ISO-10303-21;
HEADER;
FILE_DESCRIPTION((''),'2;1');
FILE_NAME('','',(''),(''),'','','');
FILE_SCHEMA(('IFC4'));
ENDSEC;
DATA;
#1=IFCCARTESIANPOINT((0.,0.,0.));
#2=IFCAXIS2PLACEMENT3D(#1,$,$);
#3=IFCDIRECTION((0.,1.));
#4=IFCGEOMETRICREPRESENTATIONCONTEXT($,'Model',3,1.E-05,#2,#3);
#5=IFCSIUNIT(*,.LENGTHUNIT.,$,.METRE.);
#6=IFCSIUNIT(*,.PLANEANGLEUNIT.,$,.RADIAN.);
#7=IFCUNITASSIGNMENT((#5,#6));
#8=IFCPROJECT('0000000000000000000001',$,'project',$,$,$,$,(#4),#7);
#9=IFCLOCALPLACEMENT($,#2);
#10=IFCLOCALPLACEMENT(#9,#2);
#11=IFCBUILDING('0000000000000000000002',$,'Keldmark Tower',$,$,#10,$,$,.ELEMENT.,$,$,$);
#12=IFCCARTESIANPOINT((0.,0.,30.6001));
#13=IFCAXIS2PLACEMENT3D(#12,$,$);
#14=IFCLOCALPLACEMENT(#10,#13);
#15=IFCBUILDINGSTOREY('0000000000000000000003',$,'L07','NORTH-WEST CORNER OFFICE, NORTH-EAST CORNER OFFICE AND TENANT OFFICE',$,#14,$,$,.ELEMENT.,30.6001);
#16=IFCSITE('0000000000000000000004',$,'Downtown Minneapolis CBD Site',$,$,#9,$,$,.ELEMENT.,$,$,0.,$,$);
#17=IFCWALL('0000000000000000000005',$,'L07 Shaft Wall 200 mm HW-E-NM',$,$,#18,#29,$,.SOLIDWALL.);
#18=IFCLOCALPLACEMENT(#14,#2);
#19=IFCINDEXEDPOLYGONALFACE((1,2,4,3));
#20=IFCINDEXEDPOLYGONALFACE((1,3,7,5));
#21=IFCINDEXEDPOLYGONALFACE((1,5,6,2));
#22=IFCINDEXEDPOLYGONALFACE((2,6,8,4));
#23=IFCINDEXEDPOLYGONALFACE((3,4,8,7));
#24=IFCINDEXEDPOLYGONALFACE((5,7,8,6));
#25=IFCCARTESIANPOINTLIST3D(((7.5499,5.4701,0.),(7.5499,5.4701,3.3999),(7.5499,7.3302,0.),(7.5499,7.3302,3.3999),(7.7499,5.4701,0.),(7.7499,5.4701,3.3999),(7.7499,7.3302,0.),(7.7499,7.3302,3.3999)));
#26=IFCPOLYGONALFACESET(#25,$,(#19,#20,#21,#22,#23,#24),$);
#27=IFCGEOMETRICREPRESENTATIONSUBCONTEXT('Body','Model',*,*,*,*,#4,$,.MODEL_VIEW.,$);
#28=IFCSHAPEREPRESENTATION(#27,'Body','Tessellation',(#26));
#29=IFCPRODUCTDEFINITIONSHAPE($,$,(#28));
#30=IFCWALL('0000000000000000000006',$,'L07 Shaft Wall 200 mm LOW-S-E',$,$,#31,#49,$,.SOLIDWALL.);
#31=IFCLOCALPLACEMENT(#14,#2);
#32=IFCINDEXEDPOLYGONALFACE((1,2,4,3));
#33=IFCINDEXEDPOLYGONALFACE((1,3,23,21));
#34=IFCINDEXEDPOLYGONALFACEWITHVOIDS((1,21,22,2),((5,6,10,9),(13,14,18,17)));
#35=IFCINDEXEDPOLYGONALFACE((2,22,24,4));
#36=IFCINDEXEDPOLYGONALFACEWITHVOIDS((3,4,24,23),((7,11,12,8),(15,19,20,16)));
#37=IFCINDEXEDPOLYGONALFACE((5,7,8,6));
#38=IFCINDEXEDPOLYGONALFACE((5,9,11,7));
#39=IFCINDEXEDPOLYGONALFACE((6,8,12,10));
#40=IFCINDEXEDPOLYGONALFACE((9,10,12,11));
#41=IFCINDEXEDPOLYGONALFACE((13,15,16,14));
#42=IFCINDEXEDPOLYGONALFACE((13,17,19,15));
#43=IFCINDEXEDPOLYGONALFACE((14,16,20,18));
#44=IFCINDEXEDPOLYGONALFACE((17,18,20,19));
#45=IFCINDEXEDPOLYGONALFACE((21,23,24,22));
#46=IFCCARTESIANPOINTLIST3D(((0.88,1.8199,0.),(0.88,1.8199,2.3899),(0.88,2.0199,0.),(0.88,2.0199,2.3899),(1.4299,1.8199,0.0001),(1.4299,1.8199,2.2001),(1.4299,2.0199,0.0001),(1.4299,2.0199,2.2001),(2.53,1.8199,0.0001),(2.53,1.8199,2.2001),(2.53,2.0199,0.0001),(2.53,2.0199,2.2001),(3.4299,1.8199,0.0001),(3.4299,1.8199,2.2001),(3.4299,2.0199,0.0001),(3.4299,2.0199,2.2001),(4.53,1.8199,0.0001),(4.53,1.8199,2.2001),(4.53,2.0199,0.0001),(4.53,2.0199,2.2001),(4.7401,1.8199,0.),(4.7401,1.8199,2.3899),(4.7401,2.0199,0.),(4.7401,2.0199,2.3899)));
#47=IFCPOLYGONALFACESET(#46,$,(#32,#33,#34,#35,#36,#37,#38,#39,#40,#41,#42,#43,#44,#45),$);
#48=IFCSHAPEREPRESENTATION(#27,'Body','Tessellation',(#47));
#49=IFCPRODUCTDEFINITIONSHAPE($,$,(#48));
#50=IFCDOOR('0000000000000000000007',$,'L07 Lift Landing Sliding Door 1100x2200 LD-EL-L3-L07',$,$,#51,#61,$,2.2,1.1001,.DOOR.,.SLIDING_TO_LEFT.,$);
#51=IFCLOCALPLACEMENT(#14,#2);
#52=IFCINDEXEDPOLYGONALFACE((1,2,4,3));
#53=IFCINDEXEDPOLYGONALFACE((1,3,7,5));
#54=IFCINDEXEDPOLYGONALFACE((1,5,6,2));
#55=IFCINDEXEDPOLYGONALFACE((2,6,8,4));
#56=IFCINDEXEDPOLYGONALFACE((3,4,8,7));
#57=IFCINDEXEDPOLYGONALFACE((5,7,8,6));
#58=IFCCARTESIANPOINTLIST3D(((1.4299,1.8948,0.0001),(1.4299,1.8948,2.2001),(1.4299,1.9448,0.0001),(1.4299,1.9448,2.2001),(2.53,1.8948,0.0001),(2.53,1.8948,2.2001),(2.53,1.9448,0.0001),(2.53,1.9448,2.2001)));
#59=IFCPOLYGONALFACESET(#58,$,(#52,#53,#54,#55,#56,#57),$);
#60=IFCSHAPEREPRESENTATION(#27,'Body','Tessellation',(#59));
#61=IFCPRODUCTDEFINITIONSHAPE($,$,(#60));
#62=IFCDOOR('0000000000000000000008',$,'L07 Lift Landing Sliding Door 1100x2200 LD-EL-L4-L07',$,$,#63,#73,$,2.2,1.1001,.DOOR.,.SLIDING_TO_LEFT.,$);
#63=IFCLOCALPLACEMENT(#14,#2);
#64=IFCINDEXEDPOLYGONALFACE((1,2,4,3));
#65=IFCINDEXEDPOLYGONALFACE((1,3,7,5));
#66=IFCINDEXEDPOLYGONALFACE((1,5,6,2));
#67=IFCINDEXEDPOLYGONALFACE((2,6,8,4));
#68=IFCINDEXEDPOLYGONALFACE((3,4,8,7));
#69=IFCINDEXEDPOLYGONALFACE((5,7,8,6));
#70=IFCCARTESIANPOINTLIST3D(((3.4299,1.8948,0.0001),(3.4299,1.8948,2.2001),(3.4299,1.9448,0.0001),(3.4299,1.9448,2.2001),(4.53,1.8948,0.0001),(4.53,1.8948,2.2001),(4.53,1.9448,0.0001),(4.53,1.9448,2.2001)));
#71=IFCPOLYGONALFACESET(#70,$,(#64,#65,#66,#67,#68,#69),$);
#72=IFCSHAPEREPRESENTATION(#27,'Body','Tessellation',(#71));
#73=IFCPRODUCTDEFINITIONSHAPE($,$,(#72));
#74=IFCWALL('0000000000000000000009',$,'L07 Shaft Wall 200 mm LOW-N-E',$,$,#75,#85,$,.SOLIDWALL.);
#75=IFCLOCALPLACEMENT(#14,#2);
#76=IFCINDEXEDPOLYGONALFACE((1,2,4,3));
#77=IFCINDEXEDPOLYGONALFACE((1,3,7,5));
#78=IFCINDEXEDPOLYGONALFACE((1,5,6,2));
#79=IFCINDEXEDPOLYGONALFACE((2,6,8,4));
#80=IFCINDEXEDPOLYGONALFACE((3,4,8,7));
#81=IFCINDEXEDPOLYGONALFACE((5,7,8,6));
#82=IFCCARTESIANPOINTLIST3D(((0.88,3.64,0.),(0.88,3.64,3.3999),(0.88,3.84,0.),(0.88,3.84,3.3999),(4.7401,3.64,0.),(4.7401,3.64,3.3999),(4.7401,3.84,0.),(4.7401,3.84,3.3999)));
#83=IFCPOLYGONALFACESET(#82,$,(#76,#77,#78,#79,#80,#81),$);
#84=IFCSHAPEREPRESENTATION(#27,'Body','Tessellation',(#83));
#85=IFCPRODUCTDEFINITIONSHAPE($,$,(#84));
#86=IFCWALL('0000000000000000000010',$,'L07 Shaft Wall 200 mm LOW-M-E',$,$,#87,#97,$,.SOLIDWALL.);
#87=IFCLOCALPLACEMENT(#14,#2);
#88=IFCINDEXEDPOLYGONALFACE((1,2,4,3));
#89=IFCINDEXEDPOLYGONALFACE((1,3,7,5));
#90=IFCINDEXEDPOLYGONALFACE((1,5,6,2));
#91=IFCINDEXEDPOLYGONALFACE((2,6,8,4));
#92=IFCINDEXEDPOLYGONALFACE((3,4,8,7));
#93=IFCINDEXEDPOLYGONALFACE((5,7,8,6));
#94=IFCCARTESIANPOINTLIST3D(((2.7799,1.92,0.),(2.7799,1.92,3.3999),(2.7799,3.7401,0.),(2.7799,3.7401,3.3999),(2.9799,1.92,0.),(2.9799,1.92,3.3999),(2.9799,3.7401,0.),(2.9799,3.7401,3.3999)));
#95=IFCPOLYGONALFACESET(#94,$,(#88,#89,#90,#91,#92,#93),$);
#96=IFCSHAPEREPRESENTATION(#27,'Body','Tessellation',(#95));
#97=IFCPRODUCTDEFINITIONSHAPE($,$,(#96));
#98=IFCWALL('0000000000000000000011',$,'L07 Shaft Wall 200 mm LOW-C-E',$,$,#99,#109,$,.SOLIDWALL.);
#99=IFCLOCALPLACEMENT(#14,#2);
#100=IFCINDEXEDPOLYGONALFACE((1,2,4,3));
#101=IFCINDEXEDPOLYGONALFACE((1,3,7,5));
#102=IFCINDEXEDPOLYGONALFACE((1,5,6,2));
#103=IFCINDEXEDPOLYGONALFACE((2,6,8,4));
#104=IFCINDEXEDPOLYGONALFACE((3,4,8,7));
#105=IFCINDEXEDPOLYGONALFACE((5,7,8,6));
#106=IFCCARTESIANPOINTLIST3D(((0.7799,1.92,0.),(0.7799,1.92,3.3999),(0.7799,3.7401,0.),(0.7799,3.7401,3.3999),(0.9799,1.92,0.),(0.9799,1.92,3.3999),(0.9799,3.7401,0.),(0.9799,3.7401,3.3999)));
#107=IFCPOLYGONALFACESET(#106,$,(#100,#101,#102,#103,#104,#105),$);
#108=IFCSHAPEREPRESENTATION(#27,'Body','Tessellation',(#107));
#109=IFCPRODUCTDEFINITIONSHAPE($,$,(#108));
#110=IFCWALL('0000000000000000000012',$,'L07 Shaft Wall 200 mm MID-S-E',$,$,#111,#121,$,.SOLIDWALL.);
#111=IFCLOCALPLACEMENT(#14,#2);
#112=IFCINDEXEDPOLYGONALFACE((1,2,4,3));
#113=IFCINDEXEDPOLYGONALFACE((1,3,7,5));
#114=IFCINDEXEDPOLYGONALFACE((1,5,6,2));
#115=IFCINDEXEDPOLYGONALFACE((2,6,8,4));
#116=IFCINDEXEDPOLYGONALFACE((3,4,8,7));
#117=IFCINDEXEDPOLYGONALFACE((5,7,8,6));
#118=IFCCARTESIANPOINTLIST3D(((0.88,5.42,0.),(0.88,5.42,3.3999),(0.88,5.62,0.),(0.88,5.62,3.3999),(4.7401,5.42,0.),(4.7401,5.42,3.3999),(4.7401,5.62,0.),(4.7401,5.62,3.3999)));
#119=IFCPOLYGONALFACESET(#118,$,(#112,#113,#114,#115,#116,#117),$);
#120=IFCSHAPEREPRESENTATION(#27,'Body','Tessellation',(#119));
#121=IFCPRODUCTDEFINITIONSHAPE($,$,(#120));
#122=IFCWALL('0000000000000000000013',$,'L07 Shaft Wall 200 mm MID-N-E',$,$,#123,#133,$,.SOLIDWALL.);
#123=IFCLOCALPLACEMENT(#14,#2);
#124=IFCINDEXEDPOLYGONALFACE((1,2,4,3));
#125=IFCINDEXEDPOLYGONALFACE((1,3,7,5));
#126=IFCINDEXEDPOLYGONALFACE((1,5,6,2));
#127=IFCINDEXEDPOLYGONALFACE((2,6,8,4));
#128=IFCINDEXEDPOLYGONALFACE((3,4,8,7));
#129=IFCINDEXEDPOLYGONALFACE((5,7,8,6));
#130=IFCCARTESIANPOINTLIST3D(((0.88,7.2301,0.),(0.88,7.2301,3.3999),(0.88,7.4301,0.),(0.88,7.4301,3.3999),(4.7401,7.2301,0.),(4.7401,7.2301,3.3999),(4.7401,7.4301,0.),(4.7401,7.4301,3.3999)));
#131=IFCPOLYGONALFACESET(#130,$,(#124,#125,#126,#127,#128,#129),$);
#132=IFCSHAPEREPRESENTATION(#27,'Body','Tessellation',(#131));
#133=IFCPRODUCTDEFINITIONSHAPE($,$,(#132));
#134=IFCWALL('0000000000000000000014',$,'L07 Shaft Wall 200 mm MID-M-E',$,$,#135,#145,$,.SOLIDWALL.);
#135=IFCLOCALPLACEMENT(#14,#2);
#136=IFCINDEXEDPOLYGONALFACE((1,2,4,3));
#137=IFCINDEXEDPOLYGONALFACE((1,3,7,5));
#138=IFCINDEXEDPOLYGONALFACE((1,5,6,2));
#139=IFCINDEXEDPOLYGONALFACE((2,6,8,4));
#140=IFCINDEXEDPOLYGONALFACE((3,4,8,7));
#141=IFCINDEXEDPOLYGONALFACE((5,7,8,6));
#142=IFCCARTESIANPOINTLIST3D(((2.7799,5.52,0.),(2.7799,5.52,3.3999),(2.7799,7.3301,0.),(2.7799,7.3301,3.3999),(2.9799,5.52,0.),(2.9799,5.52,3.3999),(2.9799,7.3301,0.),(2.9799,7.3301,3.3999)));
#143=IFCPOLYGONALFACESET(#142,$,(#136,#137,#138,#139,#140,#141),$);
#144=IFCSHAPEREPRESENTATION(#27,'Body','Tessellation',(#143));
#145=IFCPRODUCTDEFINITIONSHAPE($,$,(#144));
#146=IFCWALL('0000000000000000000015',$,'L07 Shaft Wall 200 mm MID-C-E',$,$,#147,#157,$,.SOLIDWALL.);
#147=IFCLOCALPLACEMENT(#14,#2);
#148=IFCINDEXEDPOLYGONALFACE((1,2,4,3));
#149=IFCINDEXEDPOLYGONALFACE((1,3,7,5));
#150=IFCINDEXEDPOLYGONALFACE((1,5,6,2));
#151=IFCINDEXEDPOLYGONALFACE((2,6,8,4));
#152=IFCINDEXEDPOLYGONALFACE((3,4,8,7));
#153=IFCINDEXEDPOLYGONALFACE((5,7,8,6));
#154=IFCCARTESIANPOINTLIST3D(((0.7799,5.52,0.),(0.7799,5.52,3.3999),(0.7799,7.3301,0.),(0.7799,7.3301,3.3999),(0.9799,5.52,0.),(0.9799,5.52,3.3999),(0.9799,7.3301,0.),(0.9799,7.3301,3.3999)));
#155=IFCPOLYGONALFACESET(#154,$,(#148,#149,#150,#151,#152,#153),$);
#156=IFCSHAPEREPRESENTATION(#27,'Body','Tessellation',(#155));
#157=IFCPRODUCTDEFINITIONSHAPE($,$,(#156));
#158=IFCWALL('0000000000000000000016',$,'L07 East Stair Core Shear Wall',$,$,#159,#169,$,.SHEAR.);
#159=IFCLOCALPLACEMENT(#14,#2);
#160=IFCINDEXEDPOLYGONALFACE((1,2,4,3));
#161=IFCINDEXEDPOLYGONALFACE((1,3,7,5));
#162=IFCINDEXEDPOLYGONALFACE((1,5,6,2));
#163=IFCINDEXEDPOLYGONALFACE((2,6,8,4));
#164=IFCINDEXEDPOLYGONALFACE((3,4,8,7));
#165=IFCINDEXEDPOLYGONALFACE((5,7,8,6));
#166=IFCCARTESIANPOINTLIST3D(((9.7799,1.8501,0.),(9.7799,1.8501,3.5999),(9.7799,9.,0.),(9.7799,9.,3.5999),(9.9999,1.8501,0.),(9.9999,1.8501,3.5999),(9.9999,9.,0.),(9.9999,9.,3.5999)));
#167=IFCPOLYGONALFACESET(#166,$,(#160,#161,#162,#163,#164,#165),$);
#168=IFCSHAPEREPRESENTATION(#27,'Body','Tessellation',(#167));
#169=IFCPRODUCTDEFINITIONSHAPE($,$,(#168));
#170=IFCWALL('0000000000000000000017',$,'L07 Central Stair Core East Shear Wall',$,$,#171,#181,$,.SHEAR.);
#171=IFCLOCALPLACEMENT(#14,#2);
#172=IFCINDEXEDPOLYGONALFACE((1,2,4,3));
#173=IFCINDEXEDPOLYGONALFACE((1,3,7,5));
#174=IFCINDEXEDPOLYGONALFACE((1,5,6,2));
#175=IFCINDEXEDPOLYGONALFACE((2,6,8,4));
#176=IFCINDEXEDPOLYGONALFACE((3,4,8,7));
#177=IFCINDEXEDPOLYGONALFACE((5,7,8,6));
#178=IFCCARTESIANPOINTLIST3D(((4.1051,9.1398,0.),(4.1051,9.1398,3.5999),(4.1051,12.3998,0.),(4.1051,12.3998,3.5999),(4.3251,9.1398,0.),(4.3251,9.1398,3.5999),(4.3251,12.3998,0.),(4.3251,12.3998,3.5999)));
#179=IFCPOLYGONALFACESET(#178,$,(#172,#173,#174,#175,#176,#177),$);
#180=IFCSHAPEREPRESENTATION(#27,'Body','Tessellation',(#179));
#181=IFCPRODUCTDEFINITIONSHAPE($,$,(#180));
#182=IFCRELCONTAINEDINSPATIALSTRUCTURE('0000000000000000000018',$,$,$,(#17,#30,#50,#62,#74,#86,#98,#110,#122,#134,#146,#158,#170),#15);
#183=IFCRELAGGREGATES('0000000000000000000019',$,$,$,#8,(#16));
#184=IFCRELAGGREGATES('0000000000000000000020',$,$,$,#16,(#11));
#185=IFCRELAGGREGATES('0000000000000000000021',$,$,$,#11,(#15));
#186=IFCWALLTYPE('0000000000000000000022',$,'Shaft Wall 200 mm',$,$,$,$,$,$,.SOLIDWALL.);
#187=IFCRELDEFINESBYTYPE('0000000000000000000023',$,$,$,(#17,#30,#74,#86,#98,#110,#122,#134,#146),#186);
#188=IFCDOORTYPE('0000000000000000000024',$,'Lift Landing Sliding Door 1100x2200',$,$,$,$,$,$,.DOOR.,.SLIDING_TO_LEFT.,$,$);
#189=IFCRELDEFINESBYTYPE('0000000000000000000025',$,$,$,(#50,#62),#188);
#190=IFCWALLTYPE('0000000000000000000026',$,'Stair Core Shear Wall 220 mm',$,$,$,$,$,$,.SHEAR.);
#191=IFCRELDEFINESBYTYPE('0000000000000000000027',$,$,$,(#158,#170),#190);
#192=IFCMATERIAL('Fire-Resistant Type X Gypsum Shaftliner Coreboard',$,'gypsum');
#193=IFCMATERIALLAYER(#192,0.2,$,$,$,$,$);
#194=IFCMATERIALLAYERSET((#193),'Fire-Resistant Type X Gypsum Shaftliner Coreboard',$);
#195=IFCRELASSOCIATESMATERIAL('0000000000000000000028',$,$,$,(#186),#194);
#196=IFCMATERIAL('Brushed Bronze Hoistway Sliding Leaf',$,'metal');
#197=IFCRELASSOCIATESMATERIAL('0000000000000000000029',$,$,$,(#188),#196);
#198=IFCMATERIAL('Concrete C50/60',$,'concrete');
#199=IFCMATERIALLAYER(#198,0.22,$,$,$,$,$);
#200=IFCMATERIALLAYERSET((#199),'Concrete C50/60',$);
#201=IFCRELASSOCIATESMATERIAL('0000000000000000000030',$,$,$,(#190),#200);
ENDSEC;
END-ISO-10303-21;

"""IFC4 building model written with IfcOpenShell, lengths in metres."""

from ifc_helpers import new_model, si_unit, direction, frame, frame_2d, origin, place, context, subcontext, project, spatial, rectangle, extrude, material, layer, layer_set, type_object, element, fill, save


model = new_model("IFC4")

# Units and contexts
model_context = context("Model", 3, precision=1e-05, world=origin(), true_north=direction((0.0, 1.0)))
body_context = subcontext(model_context, "Body", "Model", "MODEL_VIEW")
ifc_project = project(units=[si_unit("LENGTHUNIT", "METRE"), si_unit("PLANEANGLEUNIT", "RADIAN")], contexts=[model_context])

# Site, building, storey
site_placement = place(None, origin())
site = spatial("IfcSite", under=ifc_project, at=site_placement, Name="Downtown Minneapolis CBD Site", CompositionType="ELEMENT", RefElevation=0.0)
building_placement = place(site_placement, origin())
building = spatial("IfcBuilding", under=site, at=building_placement, Name="Keldmark Tower", CompositionType="ELEMENT")
storey_placement = place(building_placement, frame((0.0, 0.0, 30.6001)))
storey = spatial("IfcBuildingStorey", under=building, at=storey_placement, Name="L07", Description="NORTH-WEST CORNER OFFICE, NORTH-EAST CORNER OFFICE AND TENANT OFFICE", CompositionType="ELEMENT", Elevation=30.6001)

# Shared definitions
ifc_material_1 = material(Name="Fire-Resistant Type X Gypsum Shaftliner Coreboard", Category="gypsum")
ifc_layer_1 = layer(ifc_material_1, 0.2)
ifc_layer_set_1 = layer_set([ifc_layer_1], Name="Fire-Resistant Type X Gypsum Shaftliner Coreboard")
wall_type_1 = type_object("IfcWallType", Name="Shaft Wall 200 mm", PredefinedType="SOLIDWALL", material=ifc_layer_set_1)

# Wall
wall_1_placement = place(storey_placement, frame((7.6499, 5.47, 0.0), z_axis=(0.0, 0.0, 1.0), x_axis=(0.0, 1.0, 0.0)))
element("IfcWall", 1, at=wall_1_placement, inside=storey, type_object=wall_type_1, Name="L07 Shaft Wall 200 mm HW-E-NM", PredefinedType="SOLIDWALL", context=body_context, shape_type="SweptSolid", body=[
    extrude(rectangle(XDim=1.8601, YDim=0.2, at=frame_2d((0.9302, 0.0))), origin(), (0.0, 0.0, 1.0), 3.3999),
])

# Wall, openings, doors
wall_2_placement = place(storey_placement, frame((0.8799, 1.9199, 0.0), z_axis=(0.0, 0.0, 1.0), x_axis=(1.0, 0.0, 0.0)))
wall_2 = element("IfcWall", 2, at=wall_2_placement, inside=storey, type_object=wall_type_1, Name="L07 Shaft Wall 200 mm LOW-S-E", PredefinedType="SOLIDWALL", context=body_context, shape_type="SweptSolid", body=[
    extrude(rectangle(XDim=3.8601, YDim=0.2, at=frame_2d((1.9302, 0.0))), origin(), (0.0, 0.0, 1.0), 2.3899),
])
opening_1_placement = place(wall_2_placement, frame((0.55, 0.0, 0.0)))
opening_1 = element("IfcOpeningElement", 3, at=opening_1_placement, cuts=wall_2, PredefinedType="OPENING", context=body_context, shape_type="SweptSolid", body=[
    extrude(rectangle(XDim=1.1001, YDim=2.2, at=frame_2d((0.55, 1.1001))), frame((0.0, 0.1099, 0.0), z_axis=(0.0, -1.0, 0.0), x_axis=(1.0, 0.0, 0.0)), (0.0, 0.0, 1.0), 0.22),
])
opening_2_placement = place(wall_2_placement, frame((2.55, 0.0, 0.0)))
opening_2 = element("IfcOpeningElement", 4, at=opening_2_placement, cuts=wall_2, PredefinedType="OPENING", context=body_context, shape_type="SweptSolid", body=[
    extrude(rectangle(XDim=1.1001, YDim=2.2, at=frame_2d((0.55, 1.1001))), frame((0.0, 0.1099, 0.0), z_axis=(0.0, -1.0, 0.0), x_axis=(1.0, 0.0, 0.0)), (0.0, 0.0, 1.0), 0.22),
])
ifc_material_2 = material(Name="Brushed Bronze Hoistway Sliding Leaf", Category="metal")
door_type_1 = type_object("IfcDoorType", Name="Lift Landing Sliding Door 1100x2200", OperationType="SLIDING_TO_LEFT", PredefinedType="DOOR", material=ifc_material_2)
door_1_placement = place(opening_1_placement, origin())
door_1 = element("IfcDoor", 5, at=door_1_placement, inside=storey, type_object=door_type_1, Name="L07 Lift Landing Sliding Door 1100x2200 LD-EL-L3-L07", OperationType="SLIDING_TO_LEFT", OverallHeight=2.2, OverallWidth=1.1001, PredefinedType="DOOR", context=body_context, shape_type="SweptSolid", body=[
    extrude(rectangle(XDim=1.1001, YDim=2.2, at=frame_2d((0.55, 1.1001))), frame((0.0, 0.0249, 0.0), z_axis=(0.0, -1.0, 0.0), x_axis=(1.0, 0.0, 0.0)), (0.0, 0.0, 1.0), 0.05),
])
fill(opening_1, door_1)
door_2_placement = place(opening_2_placement, origin())
door_2 = element("IfcDoor", 6, at=door_2_placement, inside=storey, type_object=door_type_1, Name="L07 Lift Landing Sliding Door 1100x2200 LD-EL-L4-L07", OperationType="SLIDING_TO_LEFT", OverallHeight=2.2, OverallWidth=1.1001, PredefinedType="DOOR", context=body_context, shape_type="SweptSolid", body=[
    extrude(rectangle(XDim=1.1001, YDim=2.2, at=frame_2d((0.55, 1.1001))), frame((0.0, 0.0249, 0.0), z_axis=(0.0, -1.0, 0.0), x_axis=(1.0, 0.0, 0.0)), (0.0, 0.0, 1.0), 0.05),
])
fill(opening_2, door_2)

# Walls
wall_3_placement = place(storey_placement, frame((0.8799, 3.74, 0.0), z_axis=(0.0, 0.0, 1.0), x_axis=(1.0, 0.0, 0.0)))
element("IfcWall", 7, at=wall_3_placement, inside=storey, type_object=wall_type_1, Name="L07 Shaft Wall 200 mm LOW-N-E", PredefinedType="SOLIDWALL", context=body_context, shape_type="SweptSolid", body=[
    extrude(rectangle(XDim=3.8601, YDim=0.2, at=frame_2d((1.9302, 0.0))), origin(), (0.0, 0.0, 1.0), 3.3999),
])
for number, where, z_axis, x_axis, name in (
    (8, (2.8799, 1.9199, 0.0), (0.0, 0.0, 1.0), (0.0, 1.0, 0.0), "L07 Shaft Wall 200 mm LOW-M-E"),
    (9, (0.8799, 1.9199, 0.0), (0.0, 0.0, 1.0), (0.0, 1.0, 0.0), "L07 Shaft Wall 200 mm LOW-C-E"),
):
    element("IfcWall", number, at=place(storey_placement, frame(where, z_axis=z_axis, x_axis=x_axis)), inside=storey, type_object=wall_type_1, Name=name, PredefinedType="SOLIDWALL", context=body_context, shape_type="SweptSolid", body=[
        extrude(rectangle(XDim=1.8201, YDim=0.2, at=frame_2d((0.9102, 0.0))), origin(), (0.0, 0.0, 1.0), 3.3999),
    ])
for number, where, z_axis, x_axis, name in (
    (10, (0.8799, 5.52, 0.0), (0.0, 0.0, 1.0), (1.0, 0.0, 0.0), "L07 Shaft Wall 200 mm MID-S-E"),
    (11, (0.8799, 7.3301, 0.0), (0.0, 0.0, 1.0), (1.0, 0.0, 0.0), "L07 Shaft Wall 200 mm MID-N-E"),
):
    element("IfcWall", number, at=place(storey_placement, frame(where, z_axis=z_axis, x_axis=x_axis)), inside=storey, type_object=wall_type_1, Name=name, PredefinedType="SOLIDWALL", context=body_context, shape_type="SweptSolid", body=[
        extrude(rectangle(XDim=3.8601, YDim=0.2, at=frame_2d((1.9302, 0.0))), origin(), (0.0, 0.0, 1.0), 3.3999),
    ])
for number, where, z_axis, x_axis, name in (
    (12, (2.8799, 5.52, 0.0), (0.0, 0.0, 1.0), (0.0, 1.0, 0.0), "L07 Shaft Wall 200 mm MID-M-E"),
    (13, (0.8799, 5.52, 0.0), (0.0, 0.0, 1.0), (0.0, 1.0, 0.0), "L07 Shaft Wall 200 mm MID-C-E"),
):
    element("IfcWall", number, at=place(storey_placement, frame(where, z_axis=z_axis, x_axis=x_axis)), inside=storey, type_object=wall_type_1, Name=name, PredefinedType="SOLIDWALL", context=body_context, shape_type="SweptSolid", body=[
        extrude(rectangle(XDim=1.8101, YDim=0.2, at=frame_2d((0.905, 0.0))), origin(), (0.0, 0.0, 1.0), 3.3999),
    ])
ifc_material_3 = material(Name="Concrete C50/60", Category="concrete")
ifc_layer_2 = layer(ifc_material_3, 0.22)
ifc_layer_set_2 = layer_set([ifc_layer_2], Name="Concrete C50/60")
wall_type_2 = type_object("IfcWallType", Name="Stair Core Shear Wall 220 mm", PredefinedType="SHEAR", material=ifc_layer_set_2)
wall_4_placement = place(storey_placement, frame((9.8899, 1.8501, 0.0), z_axis=(0.0, 0.0, 1.0), x_axis=(0.0, 1.0, 0.0)))
element("IfcWall", 14, at=wall_4_placement, inside=storey, type_object=wall_type_2, Name="L07 East Stair Core Shear Wall", PredefinedType="SHEAR", context=body_context, shape_type="SweptSolid", body=[
    extrude(rectangle(XDim=7.1499, YDim=0.22, at=frame_2d((3.575, 0.0))), origin(), (0.0, 0.0, 1.0), 3.5999),
])
wall_5_placement = place(storey_placement, frame((4.2151, 9.1399, 0.0), z_axis=(0.0, 0.0, 1.0), x_axis=(0.0, 1.0, 0.0)))
element("IfcWall", 15, at=wall_5_placement, inside=storey, type_object=wall_type_2, Name="L07 Central Stair Core East Shear Wall", PredefinedType="SHEAR", context=body_context, shape_type="SweptSolid", body=[
    extrude(rectangle(XDim=3.26, YDim=0.22, at=frame_2d((1.6299, 0.0))), origin(), (0.0, 0.0, 1.0), 3.5999),
])

save(model, "model.ifc")
